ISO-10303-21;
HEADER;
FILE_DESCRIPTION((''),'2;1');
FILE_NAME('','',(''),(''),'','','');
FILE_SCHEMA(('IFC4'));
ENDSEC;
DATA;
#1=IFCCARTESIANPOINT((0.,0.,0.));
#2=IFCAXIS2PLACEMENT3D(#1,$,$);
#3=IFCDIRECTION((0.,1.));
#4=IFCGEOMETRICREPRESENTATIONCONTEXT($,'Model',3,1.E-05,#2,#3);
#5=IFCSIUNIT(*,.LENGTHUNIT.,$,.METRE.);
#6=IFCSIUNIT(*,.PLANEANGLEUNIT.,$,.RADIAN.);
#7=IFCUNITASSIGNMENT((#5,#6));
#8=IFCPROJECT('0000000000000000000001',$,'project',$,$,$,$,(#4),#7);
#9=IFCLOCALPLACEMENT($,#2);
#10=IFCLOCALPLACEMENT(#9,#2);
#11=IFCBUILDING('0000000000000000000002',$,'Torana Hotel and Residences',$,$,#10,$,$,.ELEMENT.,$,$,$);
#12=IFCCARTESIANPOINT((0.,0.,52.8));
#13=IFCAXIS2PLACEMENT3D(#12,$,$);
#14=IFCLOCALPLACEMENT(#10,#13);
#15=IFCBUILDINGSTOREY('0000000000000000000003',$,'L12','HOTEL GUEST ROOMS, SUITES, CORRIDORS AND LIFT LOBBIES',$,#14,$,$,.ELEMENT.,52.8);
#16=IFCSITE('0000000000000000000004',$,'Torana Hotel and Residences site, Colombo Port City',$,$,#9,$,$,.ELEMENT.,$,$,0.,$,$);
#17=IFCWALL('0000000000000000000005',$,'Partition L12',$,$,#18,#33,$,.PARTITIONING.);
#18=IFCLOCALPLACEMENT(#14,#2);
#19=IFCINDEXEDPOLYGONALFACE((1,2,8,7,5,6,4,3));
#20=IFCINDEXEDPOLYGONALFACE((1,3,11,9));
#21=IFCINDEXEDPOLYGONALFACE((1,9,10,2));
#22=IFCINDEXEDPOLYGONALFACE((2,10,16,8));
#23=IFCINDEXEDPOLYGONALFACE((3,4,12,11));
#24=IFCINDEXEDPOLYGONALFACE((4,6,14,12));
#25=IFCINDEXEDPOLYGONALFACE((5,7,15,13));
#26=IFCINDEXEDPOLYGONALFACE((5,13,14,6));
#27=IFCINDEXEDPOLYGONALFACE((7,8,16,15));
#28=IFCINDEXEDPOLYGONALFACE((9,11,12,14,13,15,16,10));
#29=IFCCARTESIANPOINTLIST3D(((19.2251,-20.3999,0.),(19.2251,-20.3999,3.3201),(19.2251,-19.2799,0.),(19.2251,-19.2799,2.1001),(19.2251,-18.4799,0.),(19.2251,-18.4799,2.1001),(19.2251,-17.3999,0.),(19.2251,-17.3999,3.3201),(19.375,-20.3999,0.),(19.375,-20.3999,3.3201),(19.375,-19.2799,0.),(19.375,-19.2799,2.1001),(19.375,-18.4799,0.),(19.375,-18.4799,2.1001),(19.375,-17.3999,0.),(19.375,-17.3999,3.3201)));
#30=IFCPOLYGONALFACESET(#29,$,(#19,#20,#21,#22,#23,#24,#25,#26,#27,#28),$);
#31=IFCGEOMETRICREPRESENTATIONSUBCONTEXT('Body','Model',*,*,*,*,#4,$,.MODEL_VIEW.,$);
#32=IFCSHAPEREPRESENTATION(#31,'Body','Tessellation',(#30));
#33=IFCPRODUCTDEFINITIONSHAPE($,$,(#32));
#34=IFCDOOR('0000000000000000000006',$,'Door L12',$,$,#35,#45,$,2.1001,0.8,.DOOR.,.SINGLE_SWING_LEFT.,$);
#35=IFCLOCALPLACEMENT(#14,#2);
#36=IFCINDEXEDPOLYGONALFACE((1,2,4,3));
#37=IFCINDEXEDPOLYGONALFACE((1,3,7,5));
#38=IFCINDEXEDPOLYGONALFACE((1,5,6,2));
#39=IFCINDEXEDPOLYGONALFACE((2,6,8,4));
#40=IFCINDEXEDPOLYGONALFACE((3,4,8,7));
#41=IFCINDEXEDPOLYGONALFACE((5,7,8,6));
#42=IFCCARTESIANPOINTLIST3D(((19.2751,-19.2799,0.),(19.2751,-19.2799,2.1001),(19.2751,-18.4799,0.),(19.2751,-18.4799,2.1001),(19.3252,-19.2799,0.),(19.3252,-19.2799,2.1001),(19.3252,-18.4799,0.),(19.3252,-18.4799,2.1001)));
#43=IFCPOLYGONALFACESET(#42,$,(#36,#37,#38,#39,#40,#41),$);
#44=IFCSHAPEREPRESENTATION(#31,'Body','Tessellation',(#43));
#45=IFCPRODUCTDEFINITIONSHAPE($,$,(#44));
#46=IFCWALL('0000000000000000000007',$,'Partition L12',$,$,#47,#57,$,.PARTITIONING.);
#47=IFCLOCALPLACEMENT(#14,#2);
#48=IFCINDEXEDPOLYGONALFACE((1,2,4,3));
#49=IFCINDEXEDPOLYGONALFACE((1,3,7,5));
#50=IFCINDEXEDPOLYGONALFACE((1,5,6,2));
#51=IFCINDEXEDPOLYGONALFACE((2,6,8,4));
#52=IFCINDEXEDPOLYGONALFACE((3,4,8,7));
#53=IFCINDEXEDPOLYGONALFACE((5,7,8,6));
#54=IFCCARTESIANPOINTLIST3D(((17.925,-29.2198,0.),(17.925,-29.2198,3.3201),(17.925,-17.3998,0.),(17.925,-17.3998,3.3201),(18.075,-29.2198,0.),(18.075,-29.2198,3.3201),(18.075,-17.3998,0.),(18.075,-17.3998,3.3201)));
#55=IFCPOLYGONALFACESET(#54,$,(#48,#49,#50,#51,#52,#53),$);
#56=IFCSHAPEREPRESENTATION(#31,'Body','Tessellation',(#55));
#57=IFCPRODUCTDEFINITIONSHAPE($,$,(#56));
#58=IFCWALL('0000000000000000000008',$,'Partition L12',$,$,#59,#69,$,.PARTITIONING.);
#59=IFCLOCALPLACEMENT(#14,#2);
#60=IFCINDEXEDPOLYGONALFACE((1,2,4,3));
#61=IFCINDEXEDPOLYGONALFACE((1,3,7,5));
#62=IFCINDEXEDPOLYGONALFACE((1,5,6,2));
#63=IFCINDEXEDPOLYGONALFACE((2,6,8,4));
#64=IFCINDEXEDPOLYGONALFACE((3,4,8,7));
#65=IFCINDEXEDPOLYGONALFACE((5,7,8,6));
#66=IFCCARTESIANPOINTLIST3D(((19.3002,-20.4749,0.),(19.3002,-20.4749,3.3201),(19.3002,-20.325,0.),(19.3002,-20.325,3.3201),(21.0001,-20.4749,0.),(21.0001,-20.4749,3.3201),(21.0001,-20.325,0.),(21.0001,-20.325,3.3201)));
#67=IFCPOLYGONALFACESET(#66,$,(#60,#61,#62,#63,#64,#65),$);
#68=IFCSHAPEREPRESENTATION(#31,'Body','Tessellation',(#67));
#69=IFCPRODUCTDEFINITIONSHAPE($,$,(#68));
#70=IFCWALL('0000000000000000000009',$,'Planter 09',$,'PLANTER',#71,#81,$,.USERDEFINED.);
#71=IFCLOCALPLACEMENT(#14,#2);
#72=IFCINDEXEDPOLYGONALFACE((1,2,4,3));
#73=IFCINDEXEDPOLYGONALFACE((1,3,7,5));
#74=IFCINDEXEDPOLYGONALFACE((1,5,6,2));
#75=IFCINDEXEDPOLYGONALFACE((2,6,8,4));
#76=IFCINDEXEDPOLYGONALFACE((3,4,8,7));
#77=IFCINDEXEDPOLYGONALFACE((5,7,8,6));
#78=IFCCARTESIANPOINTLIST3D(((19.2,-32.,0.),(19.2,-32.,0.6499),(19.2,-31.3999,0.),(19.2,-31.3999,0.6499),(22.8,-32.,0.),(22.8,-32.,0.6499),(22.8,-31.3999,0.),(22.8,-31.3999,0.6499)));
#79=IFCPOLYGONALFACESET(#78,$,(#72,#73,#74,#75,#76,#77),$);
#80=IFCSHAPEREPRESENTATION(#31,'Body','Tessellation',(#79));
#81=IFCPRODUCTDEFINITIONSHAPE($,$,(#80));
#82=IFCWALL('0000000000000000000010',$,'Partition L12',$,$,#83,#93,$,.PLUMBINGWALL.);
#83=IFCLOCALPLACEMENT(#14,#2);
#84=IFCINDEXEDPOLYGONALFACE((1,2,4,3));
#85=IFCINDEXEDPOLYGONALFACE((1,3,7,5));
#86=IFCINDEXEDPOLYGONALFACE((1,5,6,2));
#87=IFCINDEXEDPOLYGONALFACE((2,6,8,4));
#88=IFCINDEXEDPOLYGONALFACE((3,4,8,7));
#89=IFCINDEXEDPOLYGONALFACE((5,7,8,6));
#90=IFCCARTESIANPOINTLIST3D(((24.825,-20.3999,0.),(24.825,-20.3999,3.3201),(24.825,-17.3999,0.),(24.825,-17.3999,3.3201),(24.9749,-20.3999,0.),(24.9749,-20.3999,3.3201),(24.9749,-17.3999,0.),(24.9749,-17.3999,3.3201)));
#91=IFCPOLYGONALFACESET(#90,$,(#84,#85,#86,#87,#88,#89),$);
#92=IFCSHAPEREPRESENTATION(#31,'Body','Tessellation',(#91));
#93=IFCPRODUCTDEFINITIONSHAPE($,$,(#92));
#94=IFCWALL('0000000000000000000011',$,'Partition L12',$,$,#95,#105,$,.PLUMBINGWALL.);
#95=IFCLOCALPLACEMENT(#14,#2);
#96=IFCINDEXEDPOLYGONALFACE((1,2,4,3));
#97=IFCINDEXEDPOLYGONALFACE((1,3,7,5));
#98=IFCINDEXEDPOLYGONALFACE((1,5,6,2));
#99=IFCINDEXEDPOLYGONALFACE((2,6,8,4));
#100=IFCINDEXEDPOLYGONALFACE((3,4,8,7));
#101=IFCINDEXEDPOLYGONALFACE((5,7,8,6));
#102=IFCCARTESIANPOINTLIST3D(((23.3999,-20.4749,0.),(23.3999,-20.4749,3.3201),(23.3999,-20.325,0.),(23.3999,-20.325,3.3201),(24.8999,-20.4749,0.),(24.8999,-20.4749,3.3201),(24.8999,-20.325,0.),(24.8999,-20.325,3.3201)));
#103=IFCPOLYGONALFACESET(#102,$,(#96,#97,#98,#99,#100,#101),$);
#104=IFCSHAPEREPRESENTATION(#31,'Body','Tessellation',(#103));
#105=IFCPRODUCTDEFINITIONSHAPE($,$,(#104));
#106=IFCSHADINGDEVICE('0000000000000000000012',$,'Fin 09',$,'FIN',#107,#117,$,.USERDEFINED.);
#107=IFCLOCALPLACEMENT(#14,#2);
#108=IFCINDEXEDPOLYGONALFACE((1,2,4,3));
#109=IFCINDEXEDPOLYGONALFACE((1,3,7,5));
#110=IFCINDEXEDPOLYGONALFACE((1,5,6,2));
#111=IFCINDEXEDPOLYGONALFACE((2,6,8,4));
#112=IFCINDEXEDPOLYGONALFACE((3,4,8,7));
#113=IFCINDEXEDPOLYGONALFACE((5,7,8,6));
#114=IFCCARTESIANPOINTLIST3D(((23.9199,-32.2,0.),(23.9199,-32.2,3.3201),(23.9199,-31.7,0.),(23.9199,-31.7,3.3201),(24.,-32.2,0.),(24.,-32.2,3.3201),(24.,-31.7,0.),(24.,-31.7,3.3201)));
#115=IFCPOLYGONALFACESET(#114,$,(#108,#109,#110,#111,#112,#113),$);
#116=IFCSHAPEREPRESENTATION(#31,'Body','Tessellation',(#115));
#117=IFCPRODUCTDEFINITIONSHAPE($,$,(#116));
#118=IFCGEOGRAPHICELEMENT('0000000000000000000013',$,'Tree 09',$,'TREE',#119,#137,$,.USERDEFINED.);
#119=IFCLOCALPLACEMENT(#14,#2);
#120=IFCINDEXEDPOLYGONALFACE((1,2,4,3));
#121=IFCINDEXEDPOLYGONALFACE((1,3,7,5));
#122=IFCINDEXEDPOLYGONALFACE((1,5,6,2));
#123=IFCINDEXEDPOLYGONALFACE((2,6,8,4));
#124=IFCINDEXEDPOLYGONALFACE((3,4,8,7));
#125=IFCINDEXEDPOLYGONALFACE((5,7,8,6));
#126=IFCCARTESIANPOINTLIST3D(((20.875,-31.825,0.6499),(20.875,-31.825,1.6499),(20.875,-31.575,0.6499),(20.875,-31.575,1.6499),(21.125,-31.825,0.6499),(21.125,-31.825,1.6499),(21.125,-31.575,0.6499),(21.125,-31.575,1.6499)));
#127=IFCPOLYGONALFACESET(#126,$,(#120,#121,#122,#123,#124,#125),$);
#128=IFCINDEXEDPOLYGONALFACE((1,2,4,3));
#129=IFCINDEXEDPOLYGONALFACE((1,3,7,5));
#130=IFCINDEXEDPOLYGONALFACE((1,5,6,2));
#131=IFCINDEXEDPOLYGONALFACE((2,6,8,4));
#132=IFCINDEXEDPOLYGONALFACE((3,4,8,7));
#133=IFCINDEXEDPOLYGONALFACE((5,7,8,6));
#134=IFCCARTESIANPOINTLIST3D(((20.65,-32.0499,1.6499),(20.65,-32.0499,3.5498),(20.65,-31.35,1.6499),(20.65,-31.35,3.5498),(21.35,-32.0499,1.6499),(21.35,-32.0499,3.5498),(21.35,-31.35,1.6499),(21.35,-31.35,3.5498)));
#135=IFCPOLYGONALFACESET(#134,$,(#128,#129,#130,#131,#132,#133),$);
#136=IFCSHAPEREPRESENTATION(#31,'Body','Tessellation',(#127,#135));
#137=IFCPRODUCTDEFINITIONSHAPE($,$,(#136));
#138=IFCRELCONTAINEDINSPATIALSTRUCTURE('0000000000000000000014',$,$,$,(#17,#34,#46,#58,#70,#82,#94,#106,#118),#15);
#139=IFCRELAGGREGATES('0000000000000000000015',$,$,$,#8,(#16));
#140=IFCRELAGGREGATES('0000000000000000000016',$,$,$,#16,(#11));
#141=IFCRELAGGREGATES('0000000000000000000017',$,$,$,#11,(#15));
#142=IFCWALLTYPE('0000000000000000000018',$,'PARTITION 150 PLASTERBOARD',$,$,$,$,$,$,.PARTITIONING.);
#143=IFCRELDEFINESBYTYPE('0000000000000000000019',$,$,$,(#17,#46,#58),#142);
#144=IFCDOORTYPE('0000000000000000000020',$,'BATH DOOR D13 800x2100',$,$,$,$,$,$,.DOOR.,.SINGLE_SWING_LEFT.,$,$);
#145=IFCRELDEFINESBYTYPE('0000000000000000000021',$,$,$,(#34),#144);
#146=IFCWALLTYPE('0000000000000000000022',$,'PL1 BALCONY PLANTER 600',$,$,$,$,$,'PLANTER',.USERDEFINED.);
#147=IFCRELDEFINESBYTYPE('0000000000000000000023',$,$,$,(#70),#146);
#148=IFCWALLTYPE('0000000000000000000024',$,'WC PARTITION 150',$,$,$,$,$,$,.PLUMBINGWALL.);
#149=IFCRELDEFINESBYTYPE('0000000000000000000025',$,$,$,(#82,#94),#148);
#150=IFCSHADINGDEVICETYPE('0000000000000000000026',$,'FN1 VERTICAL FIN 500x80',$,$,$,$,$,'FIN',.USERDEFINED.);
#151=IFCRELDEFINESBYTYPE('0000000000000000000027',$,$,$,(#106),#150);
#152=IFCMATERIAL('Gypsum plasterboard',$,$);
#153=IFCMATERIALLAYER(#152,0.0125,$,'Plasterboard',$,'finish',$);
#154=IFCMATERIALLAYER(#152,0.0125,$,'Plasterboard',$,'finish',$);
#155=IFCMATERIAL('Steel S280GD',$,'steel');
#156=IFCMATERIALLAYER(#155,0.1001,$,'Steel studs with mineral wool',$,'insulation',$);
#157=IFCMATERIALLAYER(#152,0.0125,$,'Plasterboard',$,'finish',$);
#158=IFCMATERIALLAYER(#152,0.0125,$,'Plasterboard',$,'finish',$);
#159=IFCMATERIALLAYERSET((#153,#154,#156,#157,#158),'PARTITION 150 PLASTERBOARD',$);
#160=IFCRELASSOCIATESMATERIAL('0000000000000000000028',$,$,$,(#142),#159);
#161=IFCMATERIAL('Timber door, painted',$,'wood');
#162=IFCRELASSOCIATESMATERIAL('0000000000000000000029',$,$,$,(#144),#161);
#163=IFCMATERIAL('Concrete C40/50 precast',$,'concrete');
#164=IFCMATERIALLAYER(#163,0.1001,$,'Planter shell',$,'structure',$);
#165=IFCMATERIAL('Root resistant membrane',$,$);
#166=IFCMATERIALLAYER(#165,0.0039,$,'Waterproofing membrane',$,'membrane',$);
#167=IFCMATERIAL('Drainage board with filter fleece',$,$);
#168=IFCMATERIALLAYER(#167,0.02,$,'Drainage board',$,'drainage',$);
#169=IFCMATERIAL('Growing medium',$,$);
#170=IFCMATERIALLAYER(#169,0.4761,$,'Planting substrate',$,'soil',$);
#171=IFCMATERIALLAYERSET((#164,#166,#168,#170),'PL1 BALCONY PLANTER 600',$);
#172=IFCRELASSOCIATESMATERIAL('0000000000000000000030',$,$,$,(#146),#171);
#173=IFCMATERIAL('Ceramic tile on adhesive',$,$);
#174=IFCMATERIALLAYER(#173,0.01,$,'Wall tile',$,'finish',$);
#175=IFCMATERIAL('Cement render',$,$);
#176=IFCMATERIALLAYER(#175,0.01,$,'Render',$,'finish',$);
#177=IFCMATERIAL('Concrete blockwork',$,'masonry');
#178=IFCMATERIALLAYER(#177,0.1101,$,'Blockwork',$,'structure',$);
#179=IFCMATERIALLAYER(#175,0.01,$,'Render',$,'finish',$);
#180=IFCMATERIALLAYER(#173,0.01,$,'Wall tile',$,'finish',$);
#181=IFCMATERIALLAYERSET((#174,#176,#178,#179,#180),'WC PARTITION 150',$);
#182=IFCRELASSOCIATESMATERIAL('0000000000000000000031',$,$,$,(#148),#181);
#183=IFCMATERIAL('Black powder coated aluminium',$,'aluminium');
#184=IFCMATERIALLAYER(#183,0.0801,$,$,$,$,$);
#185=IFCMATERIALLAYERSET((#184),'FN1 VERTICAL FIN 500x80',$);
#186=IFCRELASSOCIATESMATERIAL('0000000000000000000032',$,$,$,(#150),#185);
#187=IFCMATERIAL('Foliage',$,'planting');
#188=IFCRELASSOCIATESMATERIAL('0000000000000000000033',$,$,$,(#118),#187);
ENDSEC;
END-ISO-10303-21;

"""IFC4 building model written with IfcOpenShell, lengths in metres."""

from ifc_helpers import new_model, si_unit, direction, frame, frame_2d, origin, origin_2d, place, context, subcontext, project, spatial, rectangle, extrude, material, layer, layer_set, type_object, element, fill, save


model = new_model("IFC4")

# Units and contexts
model_context = context("Model", 3, precision=1e-05, world=origin(), true_north=direction((0.0, 1.0)))
body_context = subcontext(model_context, "Body", "Model", "MODEL_VIEW")
ifc_project = project(units=[si_unit("LENGTHUNIT", "METRE"), si_unit("PLANEANGLEUNIT", "RADIAN")], contexts=[model_context])

# Site, building, storey
site_placement = place(None, origin())
site = spatial("IfcSite", under=ifc_project, at=site_placement, Name="Torana Hotel and Residences site, Colombo Port City", CompositionType="ELEMENT", RefElevation=0.0)
building_placement = place(site_placement, origin())
building = spatial("IfcBuilding", under=site, at=building_placement, Name="Torana Hotel and Residences", CompositionType="ELEMENT")
storey_placement = place(building_placement, frame((0.0, 0.0, 52.8)))
storey = spatial("IfcBuildingStorey", under=building, at=storey_placement, Name="L12", Description="HOTEL GUEST ROOMS, SUITES, CORRIDORS AND LIFT LOBBIES", CompositionType="ELEMENT", Elevation=52.8)

# Shared definitions
ifc_material_1 = material(Name="Concrete blockwork", Category="masonry")

# Shared definitions
ifc_material_2 = material(Name="Gypsum plasterboard")
ifc_layer_1 = layer(ifc_material_2, 0.0125, Name="Plasterboard", Category="finish")
ifc_layer_2 = layer(ifc_material_2, 0.0125, Name="Plasterboard", Category="finish")
ifc_material_3 = material(Name="Steel S280GD", Category="steel")
ifc_layer_3 = layer(ifc_material_3, 0.1001, Name="Steel studs with mineral wool", Category="insulation")
ifc_layer_4 = layer(ifc_material_2, 0.0125, Name="Plasterboard", Category="finish")
ifc_layer_5 = layer(ifc_material_2, 0.0125, Name="Plasterboard", Category="finish")
ifc_layer_set_1 = layer_set([ifc_layer_1, ifc_layer_2, ifc_layer_3, ifc_layer_4, ifc_layer_5], Name="PARTITION 150 PLASTERBOARD")
wall_type_1 = type_object("IfcWallType", Name="PARTITION 150 PLASTERBOARD", PredefinedType="PARTITIONING", material=ifc_layer_set_1)

# Wall, opening, door
wall_1_placement = place(storey_placement, frame((19.3, -20.3999, 0.0), z_axis=(0.0, 0.0, 1.0), x_axis=(0.0, 1.0, 0.0)))
wall_1 = element("IfcWall", 1, at=wall_1_placement, inside=storey, type_object=wall_type_1, Name="Partition L12", PredefinedType="PARTITIONING", context=body_context, shape_type="SweptSolid", body=[
    extrude(rectangle(XDim=3.0, YDim=0.1499, at=frame_2d((1.5, 0.0))), origin(), (0.0, 0.0, 1.0), 3.3201),
])
opening_1_placement = place(wall_1_placement, frame((1.1201, 0.0, 0.0)))
opening_1 = element("IfcOpeningElement", 2, at=opening_1_placement, cuts=wall_1, PredefinedType="OPENING", context=body_context, shape_type="SweptSolid", body=[
    extrude(rectangle(XDim=0.8, YDim=2.1001, at=frame_2d((0.3999, 1.05))), frame((0.0, 0.085, 0.0), z_axis=(0.0, -1.0, 0.0), x_axis=(1.0, 0.0, 0.0)), (0.0, 0.0, 1.0), 0.1699),
])
ifc_material_4 = material(Name="Timber door, painted", Category="wood")
door_type_1 = type_object("IfcDoorType", Name="BATH DOOR D13 800x2100", OperationType="SINGLE_SWING_LEFT", PredefinedType="DOOR", material=ifc_material_4)
door_1_placement = place(opening_1_placement, origin())
door_1 = element("IfcDoor", 3, at=door_1_placement, inside=storey, type_object=door_type_1, Name="Door L12", OperationType="SINGLE_SWING_LEFT", OverallHeight=2.1001, OverallWidth=0.8, PredefinedType="DOOR", context=body_context, shape_type="SweptSolid", body=[
    extrude(rectangle(XDim=0.8, YDim=2.1001, at=frame_2d((0.3999, 1.05))), frame((0.0, 0.0249, 0.0), z_axis=(0.0, -1.0, 0.0), x_axis=(1.0, 0.0, 0.0)), (0.0, 0.0, 1.0), 0.05),
])
fill(opening_1, door_1)

# Walls
wall_2_placement = place(storey_placement, frame((18.0, -29.22, 0.0), z_axis=(0.0, 0.0, 1.0), x_axis=(0.0, 1.0, 0.0)))
element("IfcWall", 4, at=wall_2_placement, inside=storey, type_object=wall_type_1, Name="Partition L12", PredefinedType="PARTITIONING", context=body_context, shape_type="SweptSolid", body=[
    extrude(rectangle(XDim=11.8201, YDim=0.1499, at=frame_2d((5.9102, 0.0))), origin(), (0.0, 0.0, 1.0), 3.3201),
])
wall_3_placement = place(storey_placement, frame((19.3, -20.3999, 0.0), z_axis=(0.0, 0.0, 1.0), x_axis=(1.0, 0.0, 0.0)))
element("IfcWall", 5, at=wall_3_placement, inside=storey, type_object=wall_type_1, Name="Partition L12", PredefinedType="PARTITIONING", context=body_context, shape_type="SweptSolid", body=[
    extrude(rectangle(XDim=1.7, YDim=0.1499, at=frame_2d((0.8501, 0.0))), origin(), (0.0, 0.0, 1.0), 3.3201),
])
ifc_material_5 = material(Name="Concrete C40/50 precast", Category="concrete")
ifc_layer_6 = layer(ifc_material_5, 0.1001, Name="Planter shell", Category="structure")
ifc_material_6 = material(Name="Root resistant membrane")
ifc_layer_7 = layer(ifc_material_6, 0.0039, Name="Waterproofing membrane", Category="membrane")
ifc_material_7 = material(Name="Drainage board with filter fleece")
ifc_layer_8 = layer(ifc_material_7, 0.02, Name="Drainage board", Category="drainage")
ifc_material_8 = material(Name="Growing medium")
ifc_layer_9 = layer(ifc_material_8, 0.4761, Name="Planting substrate", Category="soil")
ifc_layer_set_2 = layer_set([ifc_layer_6, ifc_layer_7, ifc_layer_8, ifc_layer_9], Name="PL1 BALCONY PLANTER 600")
wall_type_2 = type_object("IfcWallType", Name="PL1 BALCONY PLANTER 600", ElementType="PLANTER", PredefinedType="USERDEFINED", material=ifc_layer_set_2)
wall_4_placement = place(storey_placement, frame((22.8, -31.7, 0.0), z_axis=(0.0, 0.0, 1.0), x_axis=(-1.0, 0.0, 0.0)))
element("IfcWall", 6, at=wall_4_placement, inside=storey, type_object=wall_type_2, Name="Planter 09", ObjectType="PLANTER", PredefinedType="USERDEFINED", context=body_context, shape_type="SweptSolid", body=[
    extrude(rectangle(XDim=3.6001, YDim=0.6001, at=frame_2d((1.8, 0.0))), origin(), (0.0, 0.0, 1.0), 0.6499),
])
ifc_material_9 = material(Name="Ceramic tile on adhesive")
ifc_layer_10 = layer(ifc_material_9, 0.01, Name="Wall tile", Category="finish")
ifc_material_10 = material(Name="Cement render")
ifc_layer_11 = layer(ifc_material_10, 0.01, Name="Render", Category="finish")
ifc_layer_12 = layer(ifc_material_1, 0.1101, Name="Blockwork", Category="structure")
ifc_layer_13 = layer(ifc_material_10, 0.01, Name="Render", Category="finish")
ifc_layer_14 = layer(ifc_material_9, 0.01, Name="Wall tile", Category="finish")
ifc_layer_set_3 = layer_set([ifc_layer_10, ifc_layer_11, ifc_layer_12, ifc_layer_13, ifc_layer_14], Name="WC PARTITION 150")
wall_type_3 = type_object("IfcWallType", Name="WC PARTITION 150", PredefinedType="PLUMBINGWALL", material=ifc_layer_set_3)
wall_5_placement = place(storey_placement, frame((24.8999, -20.3999, 0.0), z_axis=(0.0, 0.0, 1.0), x_axis=(0.0, 1.0, 0.0)))
element("IfcWall", 7, at=wall_5_placement, inside=storey, type_object=wall_type_3, Name="Partition L12", PredefinedType="PLUMBINGWALL", context=body_context, shape_type="SweptSolid", body=[
    extrude(rectangle(XDim=3.0, YDim=0.1499, at=frame_2d((1.5, 0.0))), origin(), (0.0, 0.0, 1.0), 3.3201),
])
wall_6_placement = place(storey_placement, frame((23.3999, -20.3999, 0.0), z_axis=(0.0, 0.0, 1.0), x_axis=(1.0, 0.0, 0.0)))
element("IfcWall", 8, at=wall_6_placement, inside=storey, type_object=wall_type_3, Name="Partition L12", PredefinedType="PLUMBINGWALL", context=body_context, shape_type="SweptSolid", body=[
    extrude(rectangle(XDim=1.5, YDim=0.1499, at=frame_2d((0.75, 0.0))), origin(), (0.0, 0.0, 1.0), 3.3201),
])

# Shading device
ifc_material_11 = material(Name="Black powder coated aluminium", Category="aluminium")
ifc_layer_15 = layer(ifc_material_11, 0.0801)
ifc_layer_set_4 = layer_set([ifc_layer_15], Name="FN1 VERTICAL FIN 500x80")
shading_device_type = type_object("IfcShadingDeviceType", Name="FN1 VERTICAL FIN 500x80", ElementType="FIN", PredefinedType="USERDEFINED", material=ifc_layer_set_4)
shading_device_placement = place(storey_placement, frame((23.96, -31.95, 0.0), z_axis=(0.0, 0.0, 1.0), x_axis=(-1.0, 0.0, 0.0)))
element("IfcShadingDevice", 9, at=shading_device_placement, inside=storey, type_object=shading_device_type, Name="Fin 09", ObjectType="FIN", PredefinedType="USERDEFINED", context=body_context, shape_type="SweptSolid", body=[
    extrude(rectangle(XDim=0.0801, YDim=0.5, at=origin_2d()), origin(), (0.0, 0.0, 1.0), 3.3201),
])

# Geographic element
ifc_material_12 = material(Name="Foliage", Category="planting")
geographic_element_placement = place(storey_placement, frame((21.0, -31.7, 0.6499), z_axis=(0.0, 0.0, 1.0), x_axis=(1.0, 0.0, 0.0)))
element("IfcGeographicElement", 10, at=geographic_element_placement, inside=storey, material=ifc_material_12, Name="Tree 09", ObjectType="TREE", PredefinedType="USERDEFINED", context=body_context, shape_type="SweptSolid", body=[
    extrude(rectangle(XDim=0.25, YDim=0.25, at=origin_2d()), origin(), (0.0, 0.0, 1.0), 1.0),
    extrude(rectangle(XDim=0.7, YDim=0.7, at=origin_2d()), frame((0.0, 0.0, 1.0)), (0.0, 0.0, 1.0), 1.8999),
])

save(model, "model.ifc")
